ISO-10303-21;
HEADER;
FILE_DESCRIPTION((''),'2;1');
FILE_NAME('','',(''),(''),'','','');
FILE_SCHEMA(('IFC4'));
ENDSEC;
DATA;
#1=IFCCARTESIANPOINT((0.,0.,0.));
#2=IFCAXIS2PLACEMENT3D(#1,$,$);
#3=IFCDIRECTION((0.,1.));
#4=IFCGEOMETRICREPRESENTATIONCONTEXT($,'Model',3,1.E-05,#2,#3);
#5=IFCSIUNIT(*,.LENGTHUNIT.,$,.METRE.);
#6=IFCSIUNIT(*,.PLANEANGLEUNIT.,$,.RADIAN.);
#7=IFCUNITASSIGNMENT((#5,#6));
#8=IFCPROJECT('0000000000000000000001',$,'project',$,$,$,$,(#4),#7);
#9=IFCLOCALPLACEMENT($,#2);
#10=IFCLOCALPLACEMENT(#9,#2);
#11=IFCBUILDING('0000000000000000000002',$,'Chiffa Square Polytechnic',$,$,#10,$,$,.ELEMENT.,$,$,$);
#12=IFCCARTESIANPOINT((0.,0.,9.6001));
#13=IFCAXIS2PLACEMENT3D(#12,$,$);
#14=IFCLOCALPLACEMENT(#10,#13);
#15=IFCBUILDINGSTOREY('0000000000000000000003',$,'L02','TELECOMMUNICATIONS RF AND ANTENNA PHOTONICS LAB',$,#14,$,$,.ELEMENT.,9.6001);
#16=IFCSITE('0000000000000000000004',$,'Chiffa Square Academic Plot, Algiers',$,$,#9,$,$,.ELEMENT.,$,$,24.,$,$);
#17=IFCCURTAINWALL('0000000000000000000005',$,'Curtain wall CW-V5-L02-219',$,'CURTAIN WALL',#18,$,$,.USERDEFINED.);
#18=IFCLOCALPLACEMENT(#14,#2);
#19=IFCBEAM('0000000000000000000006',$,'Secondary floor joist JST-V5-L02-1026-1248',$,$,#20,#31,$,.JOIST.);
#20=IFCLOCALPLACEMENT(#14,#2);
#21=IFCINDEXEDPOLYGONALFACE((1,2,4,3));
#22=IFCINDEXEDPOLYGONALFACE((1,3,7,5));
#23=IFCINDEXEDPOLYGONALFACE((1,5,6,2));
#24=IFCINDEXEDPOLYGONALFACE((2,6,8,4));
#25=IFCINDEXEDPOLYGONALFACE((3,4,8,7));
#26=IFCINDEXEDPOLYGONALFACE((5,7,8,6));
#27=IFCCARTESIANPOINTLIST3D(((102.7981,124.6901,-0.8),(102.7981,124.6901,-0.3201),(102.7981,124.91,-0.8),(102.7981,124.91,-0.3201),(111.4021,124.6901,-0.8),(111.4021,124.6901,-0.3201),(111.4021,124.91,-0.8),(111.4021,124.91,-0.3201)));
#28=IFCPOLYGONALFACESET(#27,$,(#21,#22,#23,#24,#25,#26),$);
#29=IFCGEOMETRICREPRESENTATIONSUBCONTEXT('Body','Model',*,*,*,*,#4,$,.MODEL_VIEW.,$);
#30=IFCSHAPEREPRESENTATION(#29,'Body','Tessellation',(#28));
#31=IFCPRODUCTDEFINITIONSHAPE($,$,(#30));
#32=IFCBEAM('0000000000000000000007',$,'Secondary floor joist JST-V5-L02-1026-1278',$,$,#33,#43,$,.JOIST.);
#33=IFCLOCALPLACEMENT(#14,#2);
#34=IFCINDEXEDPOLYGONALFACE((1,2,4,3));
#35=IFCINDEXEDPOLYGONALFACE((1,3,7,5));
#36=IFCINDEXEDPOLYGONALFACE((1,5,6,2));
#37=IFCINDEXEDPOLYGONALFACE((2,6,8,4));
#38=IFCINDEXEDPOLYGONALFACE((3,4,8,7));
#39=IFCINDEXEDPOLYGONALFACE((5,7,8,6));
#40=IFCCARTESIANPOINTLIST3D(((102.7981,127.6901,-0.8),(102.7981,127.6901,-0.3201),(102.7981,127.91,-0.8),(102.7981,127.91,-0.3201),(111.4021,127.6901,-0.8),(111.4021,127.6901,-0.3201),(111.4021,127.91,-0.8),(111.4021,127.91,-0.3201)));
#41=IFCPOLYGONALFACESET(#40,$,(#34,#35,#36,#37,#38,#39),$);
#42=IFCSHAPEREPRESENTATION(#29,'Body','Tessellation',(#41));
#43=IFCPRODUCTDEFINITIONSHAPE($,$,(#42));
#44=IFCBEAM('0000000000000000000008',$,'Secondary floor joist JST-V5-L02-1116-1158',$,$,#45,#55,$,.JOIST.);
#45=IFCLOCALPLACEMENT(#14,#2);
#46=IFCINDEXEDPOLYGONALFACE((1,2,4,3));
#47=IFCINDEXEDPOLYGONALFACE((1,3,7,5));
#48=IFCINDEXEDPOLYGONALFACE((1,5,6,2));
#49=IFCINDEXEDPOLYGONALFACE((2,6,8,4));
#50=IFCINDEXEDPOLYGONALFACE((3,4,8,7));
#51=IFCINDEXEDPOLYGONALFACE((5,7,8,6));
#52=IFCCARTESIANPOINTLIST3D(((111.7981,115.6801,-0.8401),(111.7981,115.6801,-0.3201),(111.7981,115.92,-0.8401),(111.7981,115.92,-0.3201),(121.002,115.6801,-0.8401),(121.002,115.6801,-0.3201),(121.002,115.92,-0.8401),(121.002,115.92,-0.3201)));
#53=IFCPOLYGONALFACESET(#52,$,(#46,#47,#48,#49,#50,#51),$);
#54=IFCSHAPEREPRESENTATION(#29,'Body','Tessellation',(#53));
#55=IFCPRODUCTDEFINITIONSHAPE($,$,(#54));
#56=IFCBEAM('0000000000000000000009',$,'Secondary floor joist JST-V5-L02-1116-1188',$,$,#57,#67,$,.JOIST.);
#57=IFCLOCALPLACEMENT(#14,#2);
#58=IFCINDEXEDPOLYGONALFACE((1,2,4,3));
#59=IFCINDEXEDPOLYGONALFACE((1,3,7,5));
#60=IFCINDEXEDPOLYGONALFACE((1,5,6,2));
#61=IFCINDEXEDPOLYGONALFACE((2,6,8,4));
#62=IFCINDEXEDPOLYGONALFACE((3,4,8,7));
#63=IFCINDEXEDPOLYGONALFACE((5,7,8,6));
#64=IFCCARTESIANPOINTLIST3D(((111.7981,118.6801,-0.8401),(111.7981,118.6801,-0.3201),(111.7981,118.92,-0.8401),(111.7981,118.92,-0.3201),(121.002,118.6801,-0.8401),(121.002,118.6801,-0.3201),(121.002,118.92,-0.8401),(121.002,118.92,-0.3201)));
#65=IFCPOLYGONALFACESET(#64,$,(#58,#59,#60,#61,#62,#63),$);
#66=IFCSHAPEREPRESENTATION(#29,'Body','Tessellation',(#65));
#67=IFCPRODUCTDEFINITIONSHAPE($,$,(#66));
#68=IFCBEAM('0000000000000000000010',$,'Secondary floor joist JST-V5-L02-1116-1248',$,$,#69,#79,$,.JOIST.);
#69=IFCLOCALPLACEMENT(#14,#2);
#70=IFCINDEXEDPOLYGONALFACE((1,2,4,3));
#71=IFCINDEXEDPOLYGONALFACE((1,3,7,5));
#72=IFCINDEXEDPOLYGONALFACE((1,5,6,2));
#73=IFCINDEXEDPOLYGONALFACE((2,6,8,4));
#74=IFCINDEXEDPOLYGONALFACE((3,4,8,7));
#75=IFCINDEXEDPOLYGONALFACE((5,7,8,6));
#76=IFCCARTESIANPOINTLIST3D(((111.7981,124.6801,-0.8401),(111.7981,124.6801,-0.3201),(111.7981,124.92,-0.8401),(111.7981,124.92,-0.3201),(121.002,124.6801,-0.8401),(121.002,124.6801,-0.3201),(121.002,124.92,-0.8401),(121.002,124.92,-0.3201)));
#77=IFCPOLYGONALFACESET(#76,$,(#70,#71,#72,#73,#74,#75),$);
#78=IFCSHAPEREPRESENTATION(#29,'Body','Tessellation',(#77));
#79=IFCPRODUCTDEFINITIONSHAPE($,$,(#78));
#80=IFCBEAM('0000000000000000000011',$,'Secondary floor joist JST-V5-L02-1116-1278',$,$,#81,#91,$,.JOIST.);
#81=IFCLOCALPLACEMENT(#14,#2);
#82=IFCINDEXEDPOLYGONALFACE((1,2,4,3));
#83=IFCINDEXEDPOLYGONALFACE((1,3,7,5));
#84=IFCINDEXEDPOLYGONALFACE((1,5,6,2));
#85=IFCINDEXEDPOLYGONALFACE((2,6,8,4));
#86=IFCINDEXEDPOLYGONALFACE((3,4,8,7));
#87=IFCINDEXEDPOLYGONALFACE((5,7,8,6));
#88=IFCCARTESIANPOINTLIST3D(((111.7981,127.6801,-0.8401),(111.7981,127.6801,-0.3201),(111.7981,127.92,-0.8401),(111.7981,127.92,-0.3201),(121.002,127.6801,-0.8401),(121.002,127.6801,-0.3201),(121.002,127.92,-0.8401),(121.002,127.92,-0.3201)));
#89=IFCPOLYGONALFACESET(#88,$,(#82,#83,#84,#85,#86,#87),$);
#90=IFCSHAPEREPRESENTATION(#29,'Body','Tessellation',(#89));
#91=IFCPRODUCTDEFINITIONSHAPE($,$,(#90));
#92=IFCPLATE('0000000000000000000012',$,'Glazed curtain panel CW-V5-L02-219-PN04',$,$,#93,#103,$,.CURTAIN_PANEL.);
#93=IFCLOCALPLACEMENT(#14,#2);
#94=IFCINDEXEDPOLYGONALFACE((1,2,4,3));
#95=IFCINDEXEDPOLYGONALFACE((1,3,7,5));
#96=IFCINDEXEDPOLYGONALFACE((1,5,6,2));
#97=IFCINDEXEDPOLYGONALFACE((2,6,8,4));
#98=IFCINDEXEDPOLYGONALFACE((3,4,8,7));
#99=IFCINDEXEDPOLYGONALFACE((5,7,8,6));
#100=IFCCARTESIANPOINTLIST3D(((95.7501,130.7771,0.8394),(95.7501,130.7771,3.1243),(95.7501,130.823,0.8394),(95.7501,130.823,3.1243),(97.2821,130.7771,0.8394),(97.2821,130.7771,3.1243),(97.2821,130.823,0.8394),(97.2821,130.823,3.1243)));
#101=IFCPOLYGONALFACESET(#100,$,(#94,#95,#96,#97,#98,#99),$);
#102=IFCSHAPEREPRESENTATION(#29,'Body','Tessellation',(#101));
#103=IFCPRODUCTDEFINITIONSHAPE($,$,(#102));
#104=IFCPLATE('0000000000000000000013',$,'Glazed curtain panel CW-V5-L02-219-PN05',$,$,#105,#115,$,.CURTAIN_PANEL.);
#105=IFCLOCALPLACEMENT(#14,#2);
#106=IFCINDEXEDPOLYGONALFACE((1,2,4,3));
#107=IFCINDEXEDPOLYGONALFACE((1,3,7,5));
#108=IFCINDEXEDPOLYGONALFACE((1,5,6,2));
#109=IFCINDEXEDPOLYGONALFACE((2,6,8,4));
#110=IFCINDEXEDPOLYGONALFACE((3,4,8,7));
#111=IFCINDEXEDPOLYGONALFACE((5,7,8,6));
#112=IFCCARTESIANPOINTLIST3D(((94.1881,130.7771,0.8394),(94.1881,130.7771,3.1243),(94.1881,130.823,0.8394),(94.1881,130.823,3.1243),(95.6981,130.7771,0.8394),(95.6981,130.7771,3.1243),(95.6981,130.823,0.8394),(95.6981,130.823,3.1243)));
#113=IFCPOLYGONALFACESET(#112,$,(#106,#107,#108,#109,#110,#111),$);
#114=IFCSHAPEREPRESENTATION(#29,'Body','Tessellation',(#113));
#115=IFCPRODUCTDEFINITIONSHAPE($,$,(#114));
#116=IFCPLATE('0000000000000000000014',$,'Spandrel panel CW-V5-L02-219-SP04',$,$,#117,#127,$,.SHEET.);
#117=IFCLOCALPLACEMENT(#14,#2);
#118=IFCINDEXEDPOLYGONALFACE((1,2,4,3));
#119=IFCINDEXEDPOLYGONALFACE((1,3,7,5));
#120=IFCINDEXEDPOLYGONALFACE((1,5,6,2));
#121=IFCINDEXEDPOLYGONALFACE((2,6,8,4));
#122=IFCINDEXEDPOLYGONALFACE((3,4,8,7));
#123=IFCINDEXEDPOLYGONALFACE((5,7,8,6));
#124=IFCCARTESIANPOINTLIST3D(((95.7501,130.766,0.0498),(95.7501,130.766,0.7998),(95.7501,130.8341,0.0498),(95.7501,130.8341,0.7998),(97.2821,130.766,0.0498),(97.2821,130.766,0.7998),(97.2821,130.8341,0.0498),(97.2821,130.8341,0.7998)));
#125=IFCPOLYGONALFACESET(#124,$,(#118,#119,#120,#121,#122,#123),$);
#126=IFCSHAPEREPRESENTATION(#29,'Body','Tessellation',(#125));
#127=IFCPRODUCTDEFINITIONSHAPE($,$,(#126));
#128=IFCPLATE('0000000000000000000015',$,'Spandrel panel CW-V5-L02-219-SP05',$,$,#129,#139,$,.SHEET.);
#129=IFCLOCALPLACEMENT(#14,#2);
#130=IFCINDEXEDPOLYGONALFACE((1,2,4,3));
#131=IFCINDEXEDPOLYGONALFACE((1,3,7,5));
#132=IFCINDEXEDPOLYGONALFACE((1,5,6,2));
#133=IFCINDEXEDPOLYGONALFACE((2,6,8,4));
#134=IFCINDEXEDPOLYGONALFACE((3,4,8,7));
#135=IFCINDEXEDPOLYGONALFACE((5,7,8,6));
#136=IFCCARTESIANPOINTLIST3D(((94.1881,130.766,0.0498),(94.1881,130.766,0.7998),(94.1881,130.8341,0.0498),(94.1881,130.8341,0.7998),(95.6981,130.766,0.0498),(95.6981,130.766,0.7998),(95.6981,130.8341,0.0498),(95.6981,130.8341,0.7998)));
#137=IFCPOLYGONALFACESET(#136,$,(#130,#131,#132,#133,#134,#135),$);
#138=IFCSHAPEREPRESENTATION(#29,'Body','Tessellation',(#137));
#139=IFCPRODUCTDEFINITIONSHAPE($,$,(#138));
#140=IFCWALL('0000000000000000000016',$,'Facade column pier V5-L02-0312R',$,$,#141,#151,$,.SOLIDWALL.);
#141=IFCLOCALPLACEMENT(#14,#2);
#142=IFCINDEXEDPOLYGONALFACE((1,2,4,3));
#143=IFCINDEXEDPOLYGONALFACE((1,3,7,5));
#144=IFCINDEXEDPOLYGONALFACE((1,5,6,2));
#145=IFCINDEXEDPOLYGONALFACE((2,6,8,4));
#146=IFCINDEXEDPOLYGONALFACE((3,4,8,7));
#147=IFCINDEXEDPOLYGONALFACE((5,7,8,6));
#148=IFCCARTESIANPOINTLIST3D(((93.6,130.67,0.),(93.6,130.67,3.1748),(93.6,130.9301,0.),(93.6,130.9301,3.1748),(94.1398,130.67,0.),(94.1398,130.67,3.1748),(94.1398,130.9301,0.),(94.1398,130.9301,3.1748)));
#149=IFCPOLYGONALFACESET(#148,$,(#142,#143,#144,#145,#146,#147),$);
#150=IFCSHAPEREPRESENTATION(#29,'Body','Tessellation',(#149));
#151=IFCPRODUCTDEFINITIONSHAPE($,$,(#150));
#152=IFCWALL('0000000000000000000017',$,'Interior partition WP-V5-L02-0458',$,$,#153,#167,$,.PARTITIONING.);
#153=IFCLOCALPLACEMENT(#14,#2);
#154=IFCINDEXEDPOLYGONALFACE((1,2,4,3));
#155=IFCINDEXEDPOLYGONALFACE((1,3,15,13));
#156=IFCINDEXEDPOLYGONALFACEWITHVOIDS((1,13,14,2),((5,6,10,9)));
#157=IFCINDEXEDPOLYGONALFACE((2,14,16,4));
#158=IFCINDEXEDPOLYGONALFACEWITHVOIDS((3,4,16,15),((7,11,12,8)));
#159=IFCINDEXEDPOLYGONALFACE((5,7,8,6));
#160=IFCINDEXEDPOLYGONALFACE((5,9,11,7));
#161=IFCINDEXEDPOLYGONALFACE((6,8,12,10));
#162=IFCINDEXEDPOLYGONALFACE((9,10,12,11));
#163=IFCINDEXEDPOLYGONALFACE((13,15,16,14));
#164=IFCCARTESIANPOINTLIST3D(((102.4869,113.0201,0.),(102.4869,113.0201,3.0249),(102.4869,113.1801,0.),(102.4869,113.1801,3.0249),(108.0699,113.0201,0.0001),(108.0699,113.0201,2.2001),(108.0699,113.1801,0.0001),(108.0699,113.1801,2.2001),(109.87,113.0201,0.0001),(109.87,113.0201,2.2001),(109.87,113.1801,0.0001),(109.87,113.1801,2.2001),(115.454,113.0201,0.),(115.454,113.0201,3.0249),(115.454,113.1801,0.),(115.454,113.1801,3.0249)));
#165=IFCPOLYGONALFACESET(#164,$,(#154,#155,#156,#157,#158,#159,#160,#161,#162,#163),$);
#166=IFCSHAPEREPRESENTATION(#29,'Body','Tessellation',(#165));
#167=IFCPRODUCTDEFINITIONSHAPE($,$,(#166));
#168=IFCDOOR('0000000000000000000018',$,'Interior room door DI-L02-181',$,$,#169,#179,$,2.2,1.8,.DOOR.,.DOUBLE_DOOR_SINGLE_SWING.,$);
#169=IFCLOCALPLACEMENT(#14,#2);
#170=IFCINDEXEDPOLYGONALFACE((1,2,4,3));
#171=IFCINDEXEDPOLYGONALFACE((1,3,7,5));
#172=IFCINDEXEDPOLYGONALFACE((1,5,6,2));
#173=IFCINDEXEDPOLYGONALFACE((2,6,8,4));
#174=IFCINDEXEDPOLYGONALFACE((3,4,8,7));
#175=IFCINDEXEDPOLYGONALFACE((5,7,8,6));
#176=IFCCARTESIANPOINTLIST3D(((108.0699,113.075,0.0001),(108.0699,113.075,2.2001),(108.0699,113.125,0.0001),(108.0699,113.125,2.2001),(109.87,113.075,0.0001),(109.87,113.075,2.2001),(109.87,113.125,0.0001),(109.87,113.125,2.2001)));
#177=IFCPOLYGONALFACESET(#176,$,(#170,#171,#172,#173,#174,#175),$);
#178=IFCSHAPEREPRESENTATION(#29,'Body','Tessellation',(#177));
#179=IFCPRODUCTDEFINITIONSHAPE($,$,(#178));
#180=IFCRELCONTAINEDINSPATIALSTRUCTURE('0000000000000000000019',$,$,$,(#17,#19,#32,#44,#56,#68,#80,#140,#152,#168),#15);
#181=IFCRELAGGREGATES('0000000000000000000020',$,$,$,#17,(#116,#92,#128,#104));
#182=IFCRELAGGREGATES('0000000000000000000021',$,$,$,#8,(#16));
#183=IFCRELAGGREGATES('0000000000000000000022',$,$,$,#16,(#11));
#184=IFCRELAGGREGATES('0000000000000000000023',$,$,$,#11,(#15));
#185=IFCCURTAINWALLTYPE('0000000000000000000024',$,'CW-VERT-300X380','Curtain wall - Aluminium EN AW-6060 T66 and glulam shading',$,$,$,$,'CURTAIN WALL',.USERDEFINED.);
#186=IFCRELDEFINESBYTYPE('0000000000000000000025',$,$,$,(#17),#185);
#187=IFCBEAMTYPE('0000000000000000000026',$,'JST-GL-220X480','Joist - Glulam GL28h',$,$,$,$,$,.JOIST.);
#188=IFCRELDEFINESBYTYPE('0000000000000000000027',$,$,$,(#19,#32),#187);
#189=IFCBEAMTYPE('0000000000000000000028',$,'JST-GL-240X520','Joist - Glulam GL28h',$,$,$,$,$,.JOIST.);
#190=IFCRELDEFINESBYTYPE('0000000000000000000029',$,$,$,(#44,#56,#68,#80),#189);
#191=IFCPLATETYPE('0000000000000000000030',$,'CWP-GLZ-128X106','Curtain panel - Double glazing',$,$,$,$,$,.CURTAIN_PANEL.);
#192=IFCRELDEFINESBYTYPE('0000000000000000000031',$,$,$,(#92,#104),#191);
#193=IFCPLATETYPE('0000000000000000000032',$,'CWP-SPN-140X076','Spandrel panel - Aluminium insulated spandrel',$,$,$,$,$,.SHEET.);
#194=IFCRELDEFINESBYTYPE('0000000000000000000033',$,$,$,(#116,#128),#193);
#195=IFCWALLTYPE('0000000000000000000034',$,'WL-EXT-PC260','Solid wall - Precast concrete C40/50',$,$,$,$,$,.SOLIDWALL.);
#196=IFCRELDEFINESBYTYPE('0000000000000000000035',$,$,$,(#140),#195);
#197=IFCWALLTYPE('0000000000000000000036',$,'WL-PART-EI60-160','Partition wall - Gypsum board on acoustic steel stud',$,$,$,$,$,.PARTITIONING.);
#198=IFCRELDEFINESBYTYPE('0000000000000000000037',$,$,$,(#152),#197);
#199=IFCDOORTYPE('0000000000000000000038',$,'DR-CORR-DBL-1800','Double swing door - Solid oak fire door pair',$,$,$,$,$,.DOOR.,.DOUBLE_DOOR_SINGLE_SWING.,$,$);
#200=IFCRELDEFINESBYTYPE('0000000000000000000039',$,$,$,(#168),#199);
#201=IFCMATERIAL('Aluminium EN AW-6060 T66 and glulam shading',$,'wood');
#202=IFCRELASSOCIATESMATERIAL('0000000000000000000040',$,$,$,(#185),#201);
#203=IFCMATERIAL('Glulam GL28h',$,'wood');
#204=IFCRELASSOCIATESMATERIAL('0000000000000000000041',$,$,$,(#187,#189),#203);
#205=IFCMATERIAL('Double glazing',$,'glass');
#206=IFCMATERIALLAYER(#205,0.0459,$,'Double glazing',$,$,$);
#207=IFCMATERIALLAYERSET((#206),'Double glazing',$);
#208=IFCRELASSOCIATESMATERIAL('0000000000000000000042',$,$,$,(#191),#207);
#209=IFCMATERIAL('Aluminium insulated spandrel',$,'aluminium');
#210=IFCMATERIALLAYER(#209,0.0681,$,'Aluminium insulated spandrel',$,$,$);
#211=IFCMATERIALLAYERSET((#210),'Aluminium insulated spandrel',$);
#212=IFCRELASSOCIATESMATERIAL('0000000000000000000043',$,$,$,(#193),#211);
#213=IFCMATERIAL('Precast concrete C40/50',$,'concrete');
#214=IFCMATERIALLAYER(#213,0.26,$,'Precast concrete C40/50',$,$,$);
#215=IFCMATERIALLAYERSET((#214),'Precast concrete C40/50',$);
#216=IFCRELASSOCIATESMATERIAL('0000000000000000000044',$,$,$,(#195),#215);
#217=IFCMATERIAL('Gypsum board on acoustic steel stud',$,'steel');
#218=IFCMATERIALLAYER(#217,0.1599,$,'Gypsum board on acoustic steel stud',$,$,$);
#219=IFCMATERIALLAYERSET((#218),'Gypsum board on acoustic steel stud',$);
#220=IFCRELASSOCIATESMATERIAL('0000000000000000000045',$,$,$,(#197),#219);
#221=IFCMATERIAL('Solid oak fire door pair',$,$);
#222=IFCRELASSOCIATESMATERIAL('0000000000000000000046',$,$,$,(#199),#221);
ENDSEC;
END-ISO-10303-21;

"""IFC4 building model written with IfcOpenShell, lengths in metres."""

from ifc_helpers import new_model, si_unit, direction, frame, frame_2d, origin, origin_2d, place, context, subcontext, project, spatial, rectangle, extrude, material, layer, layer_set, material_profile, profile_set, type_object, element, fill, aggregate, save


model = new_model("IFC4")

# Units and contexts
model_context = context("Model", 3, precision=1e-05, world=origin(), true_north=direction((0.0, 1.0)))
body_context = subcontext(model_context, "Body", "Model", "MODEL_VIEW")
ifc_project = project(units=[si_unit("LENGTHUNIT", "METRE"), si_unit("PLANEANGLEUNIT", "RADIAN")], contexts=[model_context])

# Site, building, storey
site_placement = place(None, origin())
site = spatial("IfcSite", under=ifc_project, at=site_placement, Name="Chiffa Square Academic Plot, Algiers", CompositionType="ELEMENT", RefElevation=24.0)
building_placement = place(site_placement, origin())
building = spatial("IfcBuilding", under=site, at=building_placement, Name="Chiffa Square Polytechnic", CompositionType="ELEMENT")
storey_placement = place(building_placement, frame((0.0, 0.0, 9.6001)))
storey = spatial("IfcBuildingStorey", under=building, at=storey_placement, Name="L02", Description="TELECOMMUNICATIONS RF AND ANTENNA PHOTONICS LAB", CompositionType="ELEMENT", Elevation=9.6001)

# Curtain wall
ifc_material_1 = material(Name="Aluminium EN AW-6060 T66 and glulam shading", Category="wood")
curtain_wall_type = type_object("IfcCurtainWallType", Name="CW-VERT-300X380", Description="Curtain wall - Aluminium EN AW-6060 T66 and glulam shading", ElementType="CURTAIN WALL", PredefinedType="USERDEFINED", material=ifc_material_1)
curtain_wall_placement = place(storey_placement, origin())
curtain_wall = element("IfcCurtainWall", 1, at=curtain_wall_placement, inside=storey, type_object=curtain_wall_type, Name="Curtain wall CW-V5-L02-219", ObjectType="CURTAIN WALL", PredefinedType="USERDEFINED")

# Beams
ifc_material_2 = material(Name="Glulam GL28h", Category="wood")
ifc_material_profile_1 = material_profile(ifc_material_2, rectangle(XDim=0.22, YDim=0.48, at=origin_2d()), Name="GL28h 220x480")
ifc_profile_set_1 = profile_set([ifc_material_profile_1], Name="Glulam GL28h")
beam_type_1 = type_object("IfcBeamType", Name="JST-GL-220X480", Description="Joist - Glulam GL28h", PredefinedType="JOIST", material=ifc_profile_set_1)
for number, where, z_axis, x_axis, name in (
    (2, (102.7981, 124.8, -0.5601), (1.0, 0.0, 0.0), (0.0, 1.0, 0.0), "Secondary floor joist JST-V5-L02-1026-1248"),
    (3, (102.7981, 127.8, -0.5601), (1.0, 0.0, 0.0), (0.0, 1.0, 0.0), "Secondary floor joist JST-V5-L02-1026-1278"),
):
    element("IfcBeam", number, at=place(storey_placement, frame(where, z_axis=z_axis, x_axis=x_axis)), inside=storey, type_object=beam_type_1, Name=name, PredefinedType="JOIST", context=body_context, shape_type="SweptSolid", body=[
        extrude(rectangle(XDim=0.22, YDim=0.48, at=origin_2d()), origin(), (0.0, 0.0, 1.0), 8.604),
    ])
ifc_material_profile_2 = material_profile(ifc_material_2, rectangle(XDim=0.24, YDim=0.52, at=origin_2d()), Name="GL28h 240x520")
ifc_profile_set_2 = profile_set([ifc_material_profile_2], Name="Glulam GL28h")
beam_type_2 = type_object("IfcBeamType", Name="JST-GL-240X520", Description="Joist - Glulam GL28h", PredefinedType="JOIST", material=ifc_profile_set_2)
for number, where, z_axis, x_axis, name in (
    (4, (111.7981, 115.8, -0.5801), (1.0, 0.0, 0.0), (0.0, 1.0, 0.0), "Secondary floor joist JST-V5-L02-1116-1158"),
    (5, (111.7981, 118.8, -0.5801), (1.0, 0.0, 0.0), (0.0, 1.0, 0.0), "Secondary floor joist JST-V5-L02-1116-1188"),
    (6, (111.7981, 124.8, -0.5801), (1.0, 0.0, 0.0), (0.0, 1.0, 0.0), "Secondary floor joist JST-V5-L02-1116-1248"),
    (7, (111.7981, 127.8, -0.5801), (1.0, 0.0, 0.0), (0.0, 1.0, 0.0), "Secondary floor joist JST-V5-L02-1116-1278"),
):
    element("IfcBeam", number, at=place(storey_placement, frame(where, z_axis=z_axis, x_axis=x_axis)), inside=storey, type_object=beam_type_2, Name=name, PredefinedType="JOIST", context=body_context, shape_type="SweptSolid", body=[
        extrude(rectangle(XDim=0.24, YDim=0.52, at=origin_2d()), origin(), (0.0, 0.0, 1.0), 9.2039),
    ])

# Plates
ifc_material_3 = material(Name="Double glazing", Category="glass")
ifc_layer_1 = layer(ifc_material_3, 0.0459, Name="Double glazing")
ifc_layer_set_1 = layer_set([ifc_layer_1], Name="Double glazing")
plate_type_1 = type_object("IfcPlateType", Name="CWP-GLZ-128X106", Description="Curtain panel - Double glazing", PredefinedType="CURTAIN_PANEL", material=ifc_layer_set_1)
plate_1_placement = place(storey_placement, frame((96.5161, 130.8, 0.8394), z_axis=(0.0, 0.0, 1.0), x_axis=(-1.0, 0.0, 0.0)))
plate_1 = element("IfcPlate", 8, at=plate_1_placement, type_object=plate_type_1, Name="Glazed curtain panel CW-V5-L02-219-PN04", PredefinedType="CURTAIN_PANEL", context=body_context, shape_type="SweptSolid", body=[
    extrude(rectangle(XDim=1.532, YDim=0.0459, at=origin_2d()), origin(), (0.0, 0.0, 1.0), 2.2849),
])
plate_2_placement = place(storey_placement, frame((94.9431, 130.8, 0.8394), z_axis=(0.0, 0.0, 1.0), x_axis=(-1.0, 0.0, 0.0)))
plate_2 = element("IfcPlate", 9, at=plate_2_placement, type_object=plate_type_1, Name="Glazed curtain panel CW-V5-L02-219-PN05", PredefinedType="CURTAIN_PANEL", context=body_context, shape_type="SweptSolid", body=[
    extrude(rectangle(XDim=1.51, YDim=0.0459, at=origin_2d()), origin(), (0.0, 0.0, 1.0), 2.2849),
])
ifc_material_4 = material(Name="Aluminium insulated spandrel", Category="aluminium")
ifc_layer_2 = layer(ifc_material_4, 0.0681, Name="Aluminium insulated spandrel")
ifc_layer_set_2 = layer_set([ifc_layer_2], Name="Aluminium insulated spandrel")
plate_type_2 = type_object("IfcPlateType", Name="CWP-SPN-140X076", Description="Spandrel panel - Aluminium insulated spandrel", PredefinedType="SHEET", material=ifc_layer_set_2)
plate_3_placement = place(storey_placement, frame((96.5161, 130.8, 0.0498), z_axis=(0.0, 0.0, 1.0), x_axis=(-1.0, 0.0, 0.0)))
plate_3 = element("IfcPlate", 10, at=plate_3_placement, type_object=plate_type_2, Name="Spandrel panel CW-V5-L02-219-SP04", PredefinedType="SHEET", context=body_context, shape_type="SweptSolid", body=[
    extrude(rectangle(XDim=1.532, YDim=0.0681, at=origin_2d()), origin(), (0.0, 0.0, 1.0), 0.75),
])
plate_4_placement = place(storey_placement, frame((94.9431, 130.8, 0.0498), z_axis=(0.0, 0.0, 1.0), x_axis=(-1.0, 0.0, 0.0)))
plate_4 = element("IfcPlate", 11, at=plate_4_placement, type_object=plate_type_2, Name="Spandrel panel CW-V5-L02-219-SP05", PredefinedType="SHEET", context=body_context, shape_type="SweptSolid", body=[
    extrude(rectangle(XDim=1.51, YDim=0.0681, at=origin_2d()), origin(), (0.0, 0.0, 1.0), 0.75),
])
aggregate(curtain_wall, [plate_3, plate_1, plate_4, plate_2])

# Wall
ifc_material_5 = material(Name="Precast concrete C40/50", Category="concrete")
ifc_layer_3 = layer(ifc_material_5, 0.26, Name="Precast concrete C40/50")
ifc_layer_set_3 = layer_set([ifc_layer_3], Name="Precast concrete C40/50")
wall_type_1 = type_object("IfcWallType", Name="WL-EXT-PC260", Description="Solid wall - Precast concrete C40/50", PredefinedType="SOLIDWALL", material=ifc_layer_set_3)
wall_1_placement = place(storey_placement, frame((94.1399, 130.8, 0.0), z_axis=(0.0, 0.0, 1.0), x_axis=(-1.0, 0.0, 0.0)))
element("IfcWall", 12, at=wall_1_placement, inside=storey, type_object=wall_type_1, Name="Facade column pier V5-L02-0312R", PredefinedType="SOLIDWALL", context=body_context, shape_type="SweptSolid", body=[
    extrude(rectangle(XDim=0.5398, YDim=0.26, at=frame_2d((0.27, 0.0))), origin(), (0.0, 0.0, 1.0), 3.1748),
])

# Wall, opening, door
ifc_material_6 = material(Name="Gypsum board on acoustic steel stud", Category="steel")
ifc_layer_4 = layer(ifc_material_6, 0.1599, Name="Gypsum board on acoustic steel stud")
ifc_layer_set_4 = layer_set([ifc_layer_4], Name="Gypsum board on acoustic steel stud")
wall_type_2 = type_object("IfcWallType", Name="WL-PART-EI60-160", Description="Partition wall - Gypsum board on acoustic steel stud", PredefinedType="PARTITIONING", material=ifc_layer_set_4)
wall_2_placement = place(storey_placement, frame((102.4871, 113.1001, 0.0), z_axis=(0.0, 0.0, 1.0), x_axis=(1.0, 0.0, 0.0)))
wall_2 = element("IfcWall", 13, at=wall_2_placement, inside=storey, type_object=wall_type_2, Name="Interior partition WP-V5-L02-0458", PredefinedType="PARTITIONING", context=body_context, shape_type="SweptSolid", body=[
    extrude(rectangle(XDim=12.967, YDim=0.1599, at=frame_2d((6.4834, 0.0))), origin(), (0.0, 0.0, 1.0), 3.0249),
])
opening_1_placement = place(wall_2_placement, frame((5.583, 0.0, 0.0)))
opening_1 = element("IfcOpeningElement", 14, at=opening_1_placement, cuts=wall_2, PredefinedType="OPENING", context=body_context, shape_type="SweptSolid", body=[
    extrude(rectangle(XDim=1.8, YDim=2.2, at=frame_2d((0.8999, 1.1001))), frame((0.0, 0.0898, 0.0), z_axis=(0.0, -1.0, 0.0), x_axis=(1.0, 0.0, 0.0)), (0.0, 0.0, 1.0), 0.1799),
])
ifc_material_7 = material(Name="Solid oak fire door pair")
door_type_1 = type_object("IfcDoorType", Name="DR-CORR-DBL-1800", Description="Double swing door - Solid oak fire door pair", OperationType="DOUBLE_DOOR_SINGLE_SWING", PredefinedType="DOOR", material=ifc_material_7)
door_1_placement = place(opening_1_placement, origin())
door_1 = element("IfcDoor", 15, at=door_1_placement, inside=storey, type_object=door_type_1, Name="Interior room door DI-L02-181", OperationType="DOUBLE_DOOR_SINGLE_SWING", OverallHeight=2.2, OverallWidth=1.8, PredefinedType="DOOR", context=body_context, shape_type="SweptSolid", body=[
    extrude(rectangle(XDim=1.8, YDim=2.2, at=frame_2d((0.8999, 1.1001))), frame((0.0, 0.0249, 0.0), z_axis=(0.0, -1.0, 0.0), x_axis=(1.0, 0.0, 0.0)), (0.0, 0.0, 1.0), 0.05),
])
fill(opening_1, door_1)

save(model, "model.ifc")
